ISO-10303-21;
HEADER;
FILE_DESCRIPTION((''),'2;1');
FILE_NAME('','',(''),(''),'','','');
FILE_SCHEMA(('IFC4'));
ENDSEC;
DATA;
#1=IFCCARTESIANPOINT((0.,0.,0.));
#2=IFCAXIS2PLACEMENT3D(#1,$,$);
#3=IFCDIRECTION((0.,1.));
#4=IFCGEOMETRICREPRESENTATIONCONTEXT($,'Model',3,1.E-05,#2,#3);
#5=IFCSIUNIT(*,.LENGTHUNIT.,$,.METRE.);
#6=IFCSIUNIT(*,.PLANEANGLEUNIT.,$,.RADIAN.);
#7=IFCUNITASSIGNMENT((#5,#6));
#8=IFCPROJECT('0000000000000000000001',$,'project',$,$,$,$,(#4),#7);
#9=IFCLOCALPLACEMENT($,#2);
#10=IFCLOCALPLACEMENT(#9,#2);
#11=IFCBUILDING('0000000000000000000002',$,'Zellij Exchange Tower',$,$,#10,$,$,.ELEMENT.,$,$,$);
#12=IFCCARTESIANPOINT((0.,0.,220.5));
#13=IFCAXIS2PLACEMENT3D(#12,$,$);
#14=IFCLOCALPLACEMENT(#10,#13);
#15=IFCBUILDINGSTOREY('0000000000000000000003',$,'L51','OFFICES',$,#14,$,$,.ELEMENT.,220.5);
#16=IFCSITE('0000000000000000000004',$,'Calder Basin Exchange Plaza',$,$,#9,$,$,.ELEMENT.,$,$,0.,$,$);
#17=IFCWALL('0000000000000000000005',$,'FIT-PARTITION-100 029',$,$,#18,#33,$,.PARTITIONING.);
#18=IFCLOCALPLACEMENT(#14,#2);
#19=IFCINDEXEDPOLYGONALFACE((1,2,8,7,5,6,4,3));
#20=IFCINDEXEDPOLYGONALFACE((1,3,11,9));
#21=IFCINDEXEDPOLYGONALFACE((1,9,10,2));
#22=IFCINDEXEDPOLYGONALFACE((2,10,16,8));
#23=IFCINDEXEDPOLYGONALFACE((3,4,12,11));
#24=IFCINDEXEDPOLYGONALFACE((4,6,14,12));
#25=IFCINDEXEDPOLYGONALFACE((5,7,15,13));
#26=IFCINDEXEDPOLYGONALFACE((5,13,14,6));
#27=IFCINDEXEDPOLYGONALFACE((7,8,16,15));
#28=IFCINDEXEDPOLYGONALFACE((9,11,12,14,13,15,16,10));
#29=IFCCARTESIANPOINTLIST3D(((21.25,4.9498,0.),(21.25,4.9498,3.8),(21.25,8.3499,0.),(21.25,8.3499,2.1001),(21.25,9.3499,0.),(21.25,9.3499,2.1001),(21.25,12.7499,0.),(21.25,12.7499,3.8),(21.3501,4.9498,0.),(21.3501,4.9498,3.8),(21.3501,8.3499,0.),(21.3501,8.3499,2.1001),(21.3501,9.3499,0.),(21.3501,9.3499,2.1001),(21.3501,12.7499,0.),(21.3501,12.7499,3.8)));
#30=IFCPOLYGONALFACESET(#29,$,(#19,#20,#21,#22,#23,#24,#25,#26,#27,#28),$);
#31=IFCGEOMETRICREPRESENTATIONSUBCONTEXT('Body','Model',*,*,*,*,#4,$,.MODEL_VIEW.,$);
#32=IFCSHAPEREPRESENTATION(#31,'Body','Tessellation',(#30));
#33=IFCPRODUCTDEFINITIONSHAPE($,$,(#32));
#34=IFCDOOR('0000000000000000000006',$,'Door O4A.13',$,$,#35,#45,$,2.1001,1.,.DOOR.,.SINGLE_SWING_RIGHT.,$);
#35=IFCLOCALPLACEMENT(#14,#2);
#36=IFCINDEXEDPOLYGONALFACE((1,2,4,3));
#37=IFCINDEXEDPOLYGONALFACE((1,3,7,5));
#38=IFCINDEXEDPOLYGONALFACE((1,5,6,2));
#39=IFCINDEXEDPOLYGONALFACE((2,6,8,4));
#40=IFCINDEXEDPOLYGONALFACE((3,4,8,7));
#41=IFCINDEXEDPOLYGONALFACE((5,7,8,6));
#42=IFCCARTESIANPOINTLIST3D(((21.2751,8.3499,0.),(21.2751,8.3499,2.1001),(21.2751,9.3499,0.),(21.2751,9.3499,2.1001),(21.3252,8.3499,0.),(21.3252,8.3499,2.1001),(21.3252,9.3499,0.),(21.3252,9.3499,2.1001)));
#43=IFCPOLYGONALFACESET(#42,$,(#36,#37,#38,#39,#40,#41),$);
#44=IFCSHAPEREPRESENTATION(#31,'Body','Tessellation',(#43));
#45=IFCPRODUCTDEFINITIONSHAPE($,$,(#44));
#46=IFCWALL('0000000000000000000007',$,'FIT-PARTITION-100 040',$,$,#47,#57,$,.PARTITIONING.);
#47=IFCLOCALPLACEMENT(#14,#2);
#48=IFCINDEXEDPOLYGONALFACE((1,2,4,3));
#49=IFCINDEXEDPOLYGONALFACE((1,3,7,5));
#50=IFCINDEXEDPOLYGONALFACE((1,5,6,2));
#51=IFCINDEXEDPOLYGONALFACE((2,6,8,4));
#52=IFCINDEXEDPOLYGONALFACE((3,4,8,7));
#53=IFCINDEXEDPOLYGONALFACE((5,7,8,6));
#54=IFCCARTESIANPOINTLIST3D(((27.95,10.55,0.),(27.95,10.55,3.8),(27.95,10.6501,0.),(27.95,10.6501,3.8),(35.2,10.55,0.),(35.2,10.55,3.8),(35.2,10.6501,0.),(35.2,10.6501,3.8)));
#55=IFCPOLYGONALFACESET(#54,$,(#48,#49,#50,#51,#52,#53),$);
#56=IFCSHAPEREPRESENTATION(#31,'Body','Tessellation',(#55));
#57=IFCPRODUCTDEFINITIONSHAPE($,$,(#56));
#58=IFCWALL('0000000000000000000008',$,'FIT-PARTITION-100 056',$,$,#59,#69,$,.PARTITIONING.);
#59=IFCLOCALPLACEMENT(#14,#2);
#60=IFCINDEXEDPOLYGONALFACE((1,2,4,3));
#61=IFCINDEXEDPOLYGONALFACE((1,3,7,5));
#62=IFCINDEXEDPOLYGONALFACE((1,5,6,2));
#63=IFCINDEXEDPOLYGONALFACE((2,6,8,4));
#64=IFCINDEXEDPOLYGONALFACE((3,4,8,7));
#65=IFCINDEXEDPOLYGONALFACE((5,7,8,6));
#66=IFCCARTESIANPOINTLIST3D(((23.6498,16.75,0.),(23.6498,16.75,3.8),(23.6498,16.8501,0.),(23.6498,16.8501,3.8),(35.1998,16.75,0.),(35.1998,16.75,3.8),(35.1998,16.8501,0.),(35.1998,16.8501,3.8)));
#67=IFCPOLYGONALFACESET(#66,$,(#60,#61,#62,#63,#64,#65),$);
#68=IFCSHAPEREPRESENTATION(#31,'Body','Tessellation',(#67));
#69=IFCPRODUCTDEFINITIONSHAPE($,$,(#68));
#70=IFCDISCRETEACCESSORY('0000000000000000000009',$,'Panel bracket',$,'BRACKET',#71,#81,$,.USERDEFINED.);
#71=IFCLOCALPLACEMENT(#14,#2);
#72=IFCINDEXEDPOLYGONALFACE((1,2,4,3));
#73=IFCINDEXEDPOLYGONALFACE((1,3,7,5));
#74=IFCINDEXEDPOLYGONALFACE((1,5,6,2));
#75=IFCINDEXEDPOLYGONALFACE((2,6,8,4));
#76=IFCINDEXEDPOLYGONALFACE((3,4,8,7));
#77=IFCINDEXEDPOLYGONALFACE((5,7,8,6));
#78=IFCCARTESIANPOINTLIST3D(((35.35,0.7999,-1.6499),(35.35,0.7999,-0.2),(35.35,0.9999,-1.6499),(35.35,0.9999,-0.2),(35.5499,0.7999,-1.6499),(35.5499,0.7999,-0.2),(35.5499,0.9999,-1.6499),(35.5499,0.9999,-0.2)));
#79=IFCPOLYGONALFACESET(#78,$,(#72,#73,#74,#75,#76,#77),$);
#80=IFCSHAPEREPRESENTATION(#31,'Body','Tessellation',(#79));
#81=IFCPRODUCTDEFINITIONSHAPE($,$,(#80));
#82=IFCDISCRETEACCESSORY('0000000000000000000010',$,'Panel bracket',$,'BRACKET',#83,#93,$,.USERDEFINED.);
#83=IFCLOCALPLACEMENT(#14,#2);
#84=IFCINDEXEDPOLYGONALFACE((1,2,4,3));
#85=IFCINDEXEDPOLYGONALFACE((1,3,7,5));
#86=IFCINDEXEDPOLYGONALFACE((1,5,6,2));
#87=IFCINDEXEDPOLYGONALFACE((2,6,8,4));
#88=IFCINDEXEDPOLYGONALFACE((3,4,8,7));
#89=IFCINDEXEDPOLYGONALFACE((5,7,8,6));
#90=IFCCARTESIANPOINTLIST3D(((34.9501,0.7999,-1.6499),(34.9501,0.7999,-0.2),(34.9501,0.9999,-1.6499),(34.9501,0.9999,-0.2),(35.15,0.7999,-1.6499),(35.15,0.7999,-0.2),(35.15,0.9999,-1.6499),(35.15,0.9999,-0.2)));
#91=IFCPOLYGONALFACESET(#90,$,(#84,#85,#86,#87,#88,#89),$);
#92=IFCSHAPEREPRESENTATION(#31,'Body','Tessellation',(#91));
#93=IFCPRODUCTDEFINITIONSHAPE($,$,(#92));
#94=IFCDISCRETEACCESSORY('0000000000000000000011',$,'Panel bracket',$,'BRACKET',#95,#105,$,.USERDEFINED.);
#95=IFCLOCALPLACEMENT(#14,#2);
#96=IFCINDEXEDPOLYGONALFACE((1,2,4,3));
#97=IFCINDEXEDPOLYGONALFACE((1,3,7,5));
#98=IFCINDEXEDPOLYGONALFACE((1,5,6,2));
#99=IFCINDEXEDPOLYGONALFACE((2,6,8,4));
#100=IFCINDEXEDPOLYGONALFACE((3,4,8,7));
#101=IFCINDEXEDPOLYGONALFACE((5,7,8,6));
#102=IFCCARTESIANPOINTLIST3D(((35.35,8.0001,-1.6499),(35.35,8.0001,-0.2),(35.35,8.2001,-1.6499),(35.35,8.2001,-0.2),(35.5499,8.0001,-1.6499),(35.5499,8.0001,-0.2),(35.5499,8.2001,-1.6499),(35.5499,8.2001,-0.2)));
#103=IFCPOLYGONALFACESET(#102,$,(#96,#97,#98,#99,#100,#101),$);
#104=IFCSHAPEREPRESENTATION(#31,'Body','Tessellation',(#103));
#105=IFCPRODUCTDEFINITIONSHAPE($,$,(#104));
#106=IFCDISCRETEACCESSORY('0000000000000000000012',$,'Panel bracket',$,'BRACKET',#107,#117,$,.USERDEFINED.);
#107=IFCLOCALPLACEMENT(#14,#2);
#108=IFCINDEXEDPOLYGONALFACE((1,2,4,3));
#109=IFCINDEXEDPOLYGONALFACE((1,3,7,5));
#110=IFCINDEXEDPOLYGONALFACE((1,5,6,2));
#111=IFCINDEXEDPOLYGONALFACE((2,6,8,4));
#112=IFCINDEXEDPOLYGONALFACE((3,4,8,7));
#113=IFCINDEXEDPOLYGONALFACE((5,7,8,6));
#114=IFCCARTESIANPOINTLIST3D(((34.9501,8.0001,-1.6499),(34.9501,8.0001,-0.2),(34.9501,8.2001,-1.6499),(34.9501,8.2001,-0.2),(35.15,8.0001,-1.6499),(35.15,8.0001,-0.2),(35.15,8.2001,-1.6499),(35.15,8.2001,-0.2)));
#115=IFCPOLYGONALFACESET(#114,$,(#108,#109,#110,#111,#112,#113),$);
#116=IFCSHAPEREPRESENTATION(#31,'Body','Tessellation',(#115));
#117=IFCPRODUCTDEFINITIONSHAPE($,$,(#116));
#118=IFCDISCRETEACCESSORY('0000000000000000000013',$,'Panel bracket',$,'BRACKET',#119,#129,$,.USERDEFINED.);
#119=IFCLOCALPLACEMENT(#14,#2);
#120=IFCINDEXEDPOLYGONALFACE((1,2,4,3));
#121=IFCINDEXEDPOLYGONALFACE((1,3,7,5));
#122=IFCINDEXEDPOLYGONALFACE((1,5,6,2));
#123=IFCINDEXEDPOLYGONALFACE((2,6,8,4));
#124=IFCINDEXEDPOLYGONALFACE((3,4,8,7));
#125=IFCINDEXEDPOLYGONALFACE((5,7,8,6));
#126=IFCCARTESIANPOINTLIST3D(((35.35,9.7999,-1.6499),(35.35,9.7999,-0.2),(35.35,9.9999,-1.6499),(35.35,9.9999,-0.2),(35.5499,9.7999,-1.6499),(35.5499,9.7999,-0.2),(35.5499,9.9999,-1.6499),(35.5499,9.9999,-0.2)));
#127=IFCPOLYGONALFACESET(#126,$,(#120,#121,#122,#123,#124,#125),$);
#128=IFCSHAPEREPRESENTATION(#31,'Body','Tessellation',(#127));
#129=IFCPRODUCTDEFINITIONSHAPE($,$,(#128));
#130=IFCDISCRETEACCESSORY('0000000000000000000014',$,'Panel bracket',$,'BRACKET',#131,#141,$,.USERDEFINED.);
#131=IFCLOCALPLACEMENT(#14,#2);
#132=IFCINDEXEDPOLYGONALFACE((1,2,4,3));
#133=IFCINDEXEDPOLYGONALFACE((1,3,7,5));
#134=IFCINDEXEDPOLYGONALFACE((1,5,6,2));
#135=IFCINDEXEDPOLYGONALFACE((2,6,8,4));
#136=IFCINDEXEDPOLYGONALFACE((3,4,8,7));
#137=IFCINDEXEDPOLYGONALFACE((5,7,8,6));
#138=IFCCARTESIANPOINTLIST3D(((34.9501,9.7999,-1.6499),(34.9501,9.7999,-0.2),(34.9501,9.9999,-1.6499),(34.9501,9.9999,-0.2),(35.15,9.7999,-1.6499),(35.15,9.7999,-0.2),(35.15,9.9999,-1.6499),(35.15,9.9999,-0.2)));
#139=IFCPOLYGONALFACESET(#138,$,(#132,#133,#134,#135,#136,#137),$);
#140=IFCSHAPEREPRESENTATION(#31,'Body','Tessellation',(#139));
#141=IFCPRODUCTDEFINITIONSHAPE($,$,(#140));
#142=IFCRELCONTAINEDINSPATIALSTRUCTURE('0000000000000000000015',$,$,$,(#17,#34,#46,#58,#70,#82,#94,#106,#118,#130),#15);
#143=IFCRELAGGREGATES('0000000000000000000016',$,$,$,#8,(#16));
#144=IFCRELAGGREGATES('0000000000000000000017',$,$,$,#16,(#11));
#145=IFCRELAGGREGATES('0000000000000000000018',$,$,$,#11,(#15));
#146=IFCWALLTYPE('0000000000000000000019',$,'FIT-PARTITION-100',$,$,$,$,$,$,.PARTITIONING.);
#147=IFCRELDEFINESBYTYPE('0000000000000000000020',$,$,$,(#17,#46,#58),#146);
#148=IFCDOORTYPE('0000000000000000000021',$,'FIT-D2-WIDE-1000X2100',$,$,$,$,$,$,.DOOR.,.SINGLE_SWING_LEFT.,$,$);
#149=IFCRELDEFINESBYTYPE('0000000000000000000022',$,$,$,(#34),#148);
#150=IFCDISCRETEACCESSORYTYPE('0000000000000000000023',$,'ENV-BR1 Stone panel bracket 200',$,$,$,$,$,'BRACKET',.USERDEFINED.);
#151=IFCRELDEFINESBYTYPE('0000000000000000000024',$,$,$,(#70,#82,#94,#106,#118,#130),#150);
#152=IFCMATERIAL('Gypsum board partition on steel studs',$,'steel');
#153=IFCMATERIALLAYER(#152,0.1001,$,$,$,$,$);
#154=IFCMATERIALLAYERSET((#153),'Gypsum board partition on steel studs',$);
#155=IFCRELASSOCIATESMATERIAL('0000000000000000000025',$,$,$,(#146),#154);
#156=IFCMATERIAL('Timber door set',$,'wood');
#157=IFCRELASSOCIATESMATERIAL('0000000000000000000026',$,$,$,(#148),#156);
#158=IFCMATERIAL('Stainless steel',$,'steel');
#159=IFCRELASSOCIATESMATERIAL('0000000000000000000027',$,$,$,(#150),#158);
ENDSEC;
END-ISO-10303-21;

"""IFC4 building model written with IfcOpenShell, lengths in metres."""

from ifc_helpers import new_model, si_unit, direction, frame, frame_2d, origin, origin_2d, place, context, subcontext, project, spatial, rectangle, extrude, material, layer, layer_set, type_object, element, fill, save


model = new_model("IFC4")

# Units and contexts
model_context = context("Model", 3, precision=1e-05, world=origin(), true_north=direction((0.0, 1.0)))
body_context = subcontext(model_context, "Body", "Model", "MODEL_VIEW")
ifc_project = project(units=[si_unit("LENGTHUNIT", "METRE"), si_unit("PLANEANGLEUNIT", "RADIAN")], contexts=[model_context])

# Site, building, storey
site_placement = place(None, origin())
site = spatial("IfcSite", under=ifc_project, at=site_placement, Name="Calder Basin Exchange Plaza", CompositionType="ELEMENT", RefElevation=0.0)
building_placement = place(site_placement, origin())
building = spatial("IfcBuilding", under=site, at=building_placement, Name="Zellij Exchange Tower", CompositionType="ELEMENT")
storey_placement = place(building_placement, frame((0.0, 0.0, 220.5)))
storey = spatial("IfcBuildingStorey", under=building, at=storey_placement, Name="L51", Description="OFFICES", CompositionType="ELEMENT", Elevation=220.5)

# Shared definitions
ifc_material_1 = material(Name="Gypsum board partition on steel studs", Category="steel")
ifc_layer_1 = layer(ifc_material_1, 0.1001)
ifc_layer_set_1 = layer_set([ifc_layer_1], Name="Gypsum board partition on steel studs")
wall_type_1 = type_object("IfcWallType", Name="FIT-PARTITION-100", PredefinedType="PARTITIONING", material=ifc_layer_set_1)

# Shared definitions
ifc_material_2 = material(Name="Timber door set", Category="wood")
door_type = type_object("IfcDoorType", Name="FIT-D2-WIDE-1000X2100", OperationType="SINGLE_SWING_LEFT", PredefinedType="DOOR", material=ifc_material_2)

# Wall, opening, door
wall_1_placement = place(storey_placement, frame((21.3, 4.95, 0.0), z_axis=(0.0, 0.0, 1.0), x_axis=(0.0, 1.0, 0.0)))
wall_1 = element("IfcWall", 1, at=wall_1_placement, inside=storey, type_object=wall_type_1, Name="FIT-PARTITION-100 029", PredefinedType="PARTITIONING", context=body_context, shape_type="SweptSolid", body=[
    extrude(rectangle(XDim=7.8, YDim=0.1001, at=frame_2d((3.8999, 0.0))), origin(), (0.0, 0.0, 1.0), 3.8),
])
opening_1_placement = place(wall_1_placement, frame((3.3999, 0.0, 0.0)))
opening_1 = element("IfcOpeningElement", 2, at=opening_1_placement, cuts=wall_1, PredefinedType="OPENING", context=body_context, shape_type="SweptSolid", body=[
    extrude(rectangle(XDim=1.0, YDim=2.1001, at=frame_2d((0.5, 1.05))), frame((0.0, 0.062, 0.0), z_axis=(0.0, -1.0, 0.0), x_axis=(1.0, 0.0, 0.0)), (0.0, 0.0, 1.0), 0.124),
])
door_1_placement = place(opening_1_placement, origin())
door_1 = element("IfcDoor", 3, at=door_1_placement, inside=storey, type_object=door_type, Name="Door O4A.13", OperationType="SINGLE_SWING_RIGHT", OverallHeight=2.1001, OverallWidth=1.0, PredefinedType="DOOR", context=body_context, shape_type="SweptSolid", body=[
    extrude(rectangle(XDim=1.0, YDim=2.1001, at=frame_2d((0.5, 1.05))), frame((0.0, 0.0249, 0.0), z_axis=(0.0, -1.0, 0.0), x_axis=(1.0, 0.0, 0.0)), (0.0, 0.0, 1.0), 0.05),
])
fill(opening_1, door_1)

# Walls
wall_2_placement = place(storey_placement, frame((27.95, 10.6001, 0.0), z_axis=(0.0, 0.0, 1.0), x_axis=(1.0, 0.0, 0.0)))
element("IfcWall", 4, at=wall_2_placement, inside=storey, type_object=wall_type_1, Name="FIT-PARTITION-100 040", PredefinedType="PARTITIONING", context=body_context, shape_type="SweptSolid", body=[
    extrude(rectangle(XDim=7.25, YDim=0.1001, at=frame_2d((3.625, 0.0))), origin(), (0.0, 0.0, 1.0), 3.8),
])
wall_3_placement = place(storey_placement, frame((23.6499, 16.8, 0.0), z_axis=(0.0, 0.0, 1.0), x_axis=(1.0, 0.0, 0.0)))
element("IfcWall", 5, at=wall_3_placement, inside=storey, type_object=wall_type_1, Name="FIT-PARTITION-100 056", PredefinedType="PARTITIONING", context=body_context, shape_type="SweptSolid", body=[
    extrude(rectangle(XDim=11.55, YDim=0.1001, at=frame_2d((5.7749, 0.0))), origin(), (0.0, 0.0, 1.0), 3.8),
])

# Discrete accessories
ifc_material_3 = material(Name="Stainless steel", Category="steel")
discrete_accessory_type = type_object("IfcDiscreteAccessoryType", Name="ENV-BR1 Stone panel bracket 200", ElementType="BRACKET", PredefinedType="USERDEFINED", material=ifc_material_3)
for number, where, z_axis, x_axis, name in (
    (6, (35.45, 0.8999, -1.6499), (0.0, 0.0, 1.0), (1.0, 0.0, 0.0), "Panel bracket"),
    (7, (35.05, 0.8999, -1.6499), (0.0, 0.0, 1.0), (1.0, 0.0, 0.0), "Panel bracket"),
    (8, (35.45, 8.1001, -1.6499), (0.0, 0.0, 1.0), (1.0, 0.0, 0.0), "Panel bracket"),
    (9, (35.05, 8.1001, -1.6499), (0.0, 0.0, 1.0), (1.0, 0.0, 0.0), "Panel bracket"),
    (10, (35.45, 9.8999, -1.6499), (0.0, 0.0, 1.0), (1.0, 0.0, 0.0), "Panel bracket"),
    (11, (35.05, 9.8999, -1.6499), (0.0, 0.0, 1.0), (1.0, 0.0, 0.0), "Panel bracket"),
):
    element("IfcDiscreteAccessory", number, at=place(storey_placement, frame(where, z_axis=z_axis, x_axis=x_axis)), inside=storey, type_object=discrete_accessory_type, Name=name, ObjectType="BRACKET", PredefinedType="USERDEFINED", context=body_context, shape_type="SweptSolid", body=[
        extrude(rectangle(XDim=0.2, YDim=0.2, at=origin_2d()), origin(), (0.0, 0.0, 1.0), 1.45),
    ])

save(model, "model.ifc")
